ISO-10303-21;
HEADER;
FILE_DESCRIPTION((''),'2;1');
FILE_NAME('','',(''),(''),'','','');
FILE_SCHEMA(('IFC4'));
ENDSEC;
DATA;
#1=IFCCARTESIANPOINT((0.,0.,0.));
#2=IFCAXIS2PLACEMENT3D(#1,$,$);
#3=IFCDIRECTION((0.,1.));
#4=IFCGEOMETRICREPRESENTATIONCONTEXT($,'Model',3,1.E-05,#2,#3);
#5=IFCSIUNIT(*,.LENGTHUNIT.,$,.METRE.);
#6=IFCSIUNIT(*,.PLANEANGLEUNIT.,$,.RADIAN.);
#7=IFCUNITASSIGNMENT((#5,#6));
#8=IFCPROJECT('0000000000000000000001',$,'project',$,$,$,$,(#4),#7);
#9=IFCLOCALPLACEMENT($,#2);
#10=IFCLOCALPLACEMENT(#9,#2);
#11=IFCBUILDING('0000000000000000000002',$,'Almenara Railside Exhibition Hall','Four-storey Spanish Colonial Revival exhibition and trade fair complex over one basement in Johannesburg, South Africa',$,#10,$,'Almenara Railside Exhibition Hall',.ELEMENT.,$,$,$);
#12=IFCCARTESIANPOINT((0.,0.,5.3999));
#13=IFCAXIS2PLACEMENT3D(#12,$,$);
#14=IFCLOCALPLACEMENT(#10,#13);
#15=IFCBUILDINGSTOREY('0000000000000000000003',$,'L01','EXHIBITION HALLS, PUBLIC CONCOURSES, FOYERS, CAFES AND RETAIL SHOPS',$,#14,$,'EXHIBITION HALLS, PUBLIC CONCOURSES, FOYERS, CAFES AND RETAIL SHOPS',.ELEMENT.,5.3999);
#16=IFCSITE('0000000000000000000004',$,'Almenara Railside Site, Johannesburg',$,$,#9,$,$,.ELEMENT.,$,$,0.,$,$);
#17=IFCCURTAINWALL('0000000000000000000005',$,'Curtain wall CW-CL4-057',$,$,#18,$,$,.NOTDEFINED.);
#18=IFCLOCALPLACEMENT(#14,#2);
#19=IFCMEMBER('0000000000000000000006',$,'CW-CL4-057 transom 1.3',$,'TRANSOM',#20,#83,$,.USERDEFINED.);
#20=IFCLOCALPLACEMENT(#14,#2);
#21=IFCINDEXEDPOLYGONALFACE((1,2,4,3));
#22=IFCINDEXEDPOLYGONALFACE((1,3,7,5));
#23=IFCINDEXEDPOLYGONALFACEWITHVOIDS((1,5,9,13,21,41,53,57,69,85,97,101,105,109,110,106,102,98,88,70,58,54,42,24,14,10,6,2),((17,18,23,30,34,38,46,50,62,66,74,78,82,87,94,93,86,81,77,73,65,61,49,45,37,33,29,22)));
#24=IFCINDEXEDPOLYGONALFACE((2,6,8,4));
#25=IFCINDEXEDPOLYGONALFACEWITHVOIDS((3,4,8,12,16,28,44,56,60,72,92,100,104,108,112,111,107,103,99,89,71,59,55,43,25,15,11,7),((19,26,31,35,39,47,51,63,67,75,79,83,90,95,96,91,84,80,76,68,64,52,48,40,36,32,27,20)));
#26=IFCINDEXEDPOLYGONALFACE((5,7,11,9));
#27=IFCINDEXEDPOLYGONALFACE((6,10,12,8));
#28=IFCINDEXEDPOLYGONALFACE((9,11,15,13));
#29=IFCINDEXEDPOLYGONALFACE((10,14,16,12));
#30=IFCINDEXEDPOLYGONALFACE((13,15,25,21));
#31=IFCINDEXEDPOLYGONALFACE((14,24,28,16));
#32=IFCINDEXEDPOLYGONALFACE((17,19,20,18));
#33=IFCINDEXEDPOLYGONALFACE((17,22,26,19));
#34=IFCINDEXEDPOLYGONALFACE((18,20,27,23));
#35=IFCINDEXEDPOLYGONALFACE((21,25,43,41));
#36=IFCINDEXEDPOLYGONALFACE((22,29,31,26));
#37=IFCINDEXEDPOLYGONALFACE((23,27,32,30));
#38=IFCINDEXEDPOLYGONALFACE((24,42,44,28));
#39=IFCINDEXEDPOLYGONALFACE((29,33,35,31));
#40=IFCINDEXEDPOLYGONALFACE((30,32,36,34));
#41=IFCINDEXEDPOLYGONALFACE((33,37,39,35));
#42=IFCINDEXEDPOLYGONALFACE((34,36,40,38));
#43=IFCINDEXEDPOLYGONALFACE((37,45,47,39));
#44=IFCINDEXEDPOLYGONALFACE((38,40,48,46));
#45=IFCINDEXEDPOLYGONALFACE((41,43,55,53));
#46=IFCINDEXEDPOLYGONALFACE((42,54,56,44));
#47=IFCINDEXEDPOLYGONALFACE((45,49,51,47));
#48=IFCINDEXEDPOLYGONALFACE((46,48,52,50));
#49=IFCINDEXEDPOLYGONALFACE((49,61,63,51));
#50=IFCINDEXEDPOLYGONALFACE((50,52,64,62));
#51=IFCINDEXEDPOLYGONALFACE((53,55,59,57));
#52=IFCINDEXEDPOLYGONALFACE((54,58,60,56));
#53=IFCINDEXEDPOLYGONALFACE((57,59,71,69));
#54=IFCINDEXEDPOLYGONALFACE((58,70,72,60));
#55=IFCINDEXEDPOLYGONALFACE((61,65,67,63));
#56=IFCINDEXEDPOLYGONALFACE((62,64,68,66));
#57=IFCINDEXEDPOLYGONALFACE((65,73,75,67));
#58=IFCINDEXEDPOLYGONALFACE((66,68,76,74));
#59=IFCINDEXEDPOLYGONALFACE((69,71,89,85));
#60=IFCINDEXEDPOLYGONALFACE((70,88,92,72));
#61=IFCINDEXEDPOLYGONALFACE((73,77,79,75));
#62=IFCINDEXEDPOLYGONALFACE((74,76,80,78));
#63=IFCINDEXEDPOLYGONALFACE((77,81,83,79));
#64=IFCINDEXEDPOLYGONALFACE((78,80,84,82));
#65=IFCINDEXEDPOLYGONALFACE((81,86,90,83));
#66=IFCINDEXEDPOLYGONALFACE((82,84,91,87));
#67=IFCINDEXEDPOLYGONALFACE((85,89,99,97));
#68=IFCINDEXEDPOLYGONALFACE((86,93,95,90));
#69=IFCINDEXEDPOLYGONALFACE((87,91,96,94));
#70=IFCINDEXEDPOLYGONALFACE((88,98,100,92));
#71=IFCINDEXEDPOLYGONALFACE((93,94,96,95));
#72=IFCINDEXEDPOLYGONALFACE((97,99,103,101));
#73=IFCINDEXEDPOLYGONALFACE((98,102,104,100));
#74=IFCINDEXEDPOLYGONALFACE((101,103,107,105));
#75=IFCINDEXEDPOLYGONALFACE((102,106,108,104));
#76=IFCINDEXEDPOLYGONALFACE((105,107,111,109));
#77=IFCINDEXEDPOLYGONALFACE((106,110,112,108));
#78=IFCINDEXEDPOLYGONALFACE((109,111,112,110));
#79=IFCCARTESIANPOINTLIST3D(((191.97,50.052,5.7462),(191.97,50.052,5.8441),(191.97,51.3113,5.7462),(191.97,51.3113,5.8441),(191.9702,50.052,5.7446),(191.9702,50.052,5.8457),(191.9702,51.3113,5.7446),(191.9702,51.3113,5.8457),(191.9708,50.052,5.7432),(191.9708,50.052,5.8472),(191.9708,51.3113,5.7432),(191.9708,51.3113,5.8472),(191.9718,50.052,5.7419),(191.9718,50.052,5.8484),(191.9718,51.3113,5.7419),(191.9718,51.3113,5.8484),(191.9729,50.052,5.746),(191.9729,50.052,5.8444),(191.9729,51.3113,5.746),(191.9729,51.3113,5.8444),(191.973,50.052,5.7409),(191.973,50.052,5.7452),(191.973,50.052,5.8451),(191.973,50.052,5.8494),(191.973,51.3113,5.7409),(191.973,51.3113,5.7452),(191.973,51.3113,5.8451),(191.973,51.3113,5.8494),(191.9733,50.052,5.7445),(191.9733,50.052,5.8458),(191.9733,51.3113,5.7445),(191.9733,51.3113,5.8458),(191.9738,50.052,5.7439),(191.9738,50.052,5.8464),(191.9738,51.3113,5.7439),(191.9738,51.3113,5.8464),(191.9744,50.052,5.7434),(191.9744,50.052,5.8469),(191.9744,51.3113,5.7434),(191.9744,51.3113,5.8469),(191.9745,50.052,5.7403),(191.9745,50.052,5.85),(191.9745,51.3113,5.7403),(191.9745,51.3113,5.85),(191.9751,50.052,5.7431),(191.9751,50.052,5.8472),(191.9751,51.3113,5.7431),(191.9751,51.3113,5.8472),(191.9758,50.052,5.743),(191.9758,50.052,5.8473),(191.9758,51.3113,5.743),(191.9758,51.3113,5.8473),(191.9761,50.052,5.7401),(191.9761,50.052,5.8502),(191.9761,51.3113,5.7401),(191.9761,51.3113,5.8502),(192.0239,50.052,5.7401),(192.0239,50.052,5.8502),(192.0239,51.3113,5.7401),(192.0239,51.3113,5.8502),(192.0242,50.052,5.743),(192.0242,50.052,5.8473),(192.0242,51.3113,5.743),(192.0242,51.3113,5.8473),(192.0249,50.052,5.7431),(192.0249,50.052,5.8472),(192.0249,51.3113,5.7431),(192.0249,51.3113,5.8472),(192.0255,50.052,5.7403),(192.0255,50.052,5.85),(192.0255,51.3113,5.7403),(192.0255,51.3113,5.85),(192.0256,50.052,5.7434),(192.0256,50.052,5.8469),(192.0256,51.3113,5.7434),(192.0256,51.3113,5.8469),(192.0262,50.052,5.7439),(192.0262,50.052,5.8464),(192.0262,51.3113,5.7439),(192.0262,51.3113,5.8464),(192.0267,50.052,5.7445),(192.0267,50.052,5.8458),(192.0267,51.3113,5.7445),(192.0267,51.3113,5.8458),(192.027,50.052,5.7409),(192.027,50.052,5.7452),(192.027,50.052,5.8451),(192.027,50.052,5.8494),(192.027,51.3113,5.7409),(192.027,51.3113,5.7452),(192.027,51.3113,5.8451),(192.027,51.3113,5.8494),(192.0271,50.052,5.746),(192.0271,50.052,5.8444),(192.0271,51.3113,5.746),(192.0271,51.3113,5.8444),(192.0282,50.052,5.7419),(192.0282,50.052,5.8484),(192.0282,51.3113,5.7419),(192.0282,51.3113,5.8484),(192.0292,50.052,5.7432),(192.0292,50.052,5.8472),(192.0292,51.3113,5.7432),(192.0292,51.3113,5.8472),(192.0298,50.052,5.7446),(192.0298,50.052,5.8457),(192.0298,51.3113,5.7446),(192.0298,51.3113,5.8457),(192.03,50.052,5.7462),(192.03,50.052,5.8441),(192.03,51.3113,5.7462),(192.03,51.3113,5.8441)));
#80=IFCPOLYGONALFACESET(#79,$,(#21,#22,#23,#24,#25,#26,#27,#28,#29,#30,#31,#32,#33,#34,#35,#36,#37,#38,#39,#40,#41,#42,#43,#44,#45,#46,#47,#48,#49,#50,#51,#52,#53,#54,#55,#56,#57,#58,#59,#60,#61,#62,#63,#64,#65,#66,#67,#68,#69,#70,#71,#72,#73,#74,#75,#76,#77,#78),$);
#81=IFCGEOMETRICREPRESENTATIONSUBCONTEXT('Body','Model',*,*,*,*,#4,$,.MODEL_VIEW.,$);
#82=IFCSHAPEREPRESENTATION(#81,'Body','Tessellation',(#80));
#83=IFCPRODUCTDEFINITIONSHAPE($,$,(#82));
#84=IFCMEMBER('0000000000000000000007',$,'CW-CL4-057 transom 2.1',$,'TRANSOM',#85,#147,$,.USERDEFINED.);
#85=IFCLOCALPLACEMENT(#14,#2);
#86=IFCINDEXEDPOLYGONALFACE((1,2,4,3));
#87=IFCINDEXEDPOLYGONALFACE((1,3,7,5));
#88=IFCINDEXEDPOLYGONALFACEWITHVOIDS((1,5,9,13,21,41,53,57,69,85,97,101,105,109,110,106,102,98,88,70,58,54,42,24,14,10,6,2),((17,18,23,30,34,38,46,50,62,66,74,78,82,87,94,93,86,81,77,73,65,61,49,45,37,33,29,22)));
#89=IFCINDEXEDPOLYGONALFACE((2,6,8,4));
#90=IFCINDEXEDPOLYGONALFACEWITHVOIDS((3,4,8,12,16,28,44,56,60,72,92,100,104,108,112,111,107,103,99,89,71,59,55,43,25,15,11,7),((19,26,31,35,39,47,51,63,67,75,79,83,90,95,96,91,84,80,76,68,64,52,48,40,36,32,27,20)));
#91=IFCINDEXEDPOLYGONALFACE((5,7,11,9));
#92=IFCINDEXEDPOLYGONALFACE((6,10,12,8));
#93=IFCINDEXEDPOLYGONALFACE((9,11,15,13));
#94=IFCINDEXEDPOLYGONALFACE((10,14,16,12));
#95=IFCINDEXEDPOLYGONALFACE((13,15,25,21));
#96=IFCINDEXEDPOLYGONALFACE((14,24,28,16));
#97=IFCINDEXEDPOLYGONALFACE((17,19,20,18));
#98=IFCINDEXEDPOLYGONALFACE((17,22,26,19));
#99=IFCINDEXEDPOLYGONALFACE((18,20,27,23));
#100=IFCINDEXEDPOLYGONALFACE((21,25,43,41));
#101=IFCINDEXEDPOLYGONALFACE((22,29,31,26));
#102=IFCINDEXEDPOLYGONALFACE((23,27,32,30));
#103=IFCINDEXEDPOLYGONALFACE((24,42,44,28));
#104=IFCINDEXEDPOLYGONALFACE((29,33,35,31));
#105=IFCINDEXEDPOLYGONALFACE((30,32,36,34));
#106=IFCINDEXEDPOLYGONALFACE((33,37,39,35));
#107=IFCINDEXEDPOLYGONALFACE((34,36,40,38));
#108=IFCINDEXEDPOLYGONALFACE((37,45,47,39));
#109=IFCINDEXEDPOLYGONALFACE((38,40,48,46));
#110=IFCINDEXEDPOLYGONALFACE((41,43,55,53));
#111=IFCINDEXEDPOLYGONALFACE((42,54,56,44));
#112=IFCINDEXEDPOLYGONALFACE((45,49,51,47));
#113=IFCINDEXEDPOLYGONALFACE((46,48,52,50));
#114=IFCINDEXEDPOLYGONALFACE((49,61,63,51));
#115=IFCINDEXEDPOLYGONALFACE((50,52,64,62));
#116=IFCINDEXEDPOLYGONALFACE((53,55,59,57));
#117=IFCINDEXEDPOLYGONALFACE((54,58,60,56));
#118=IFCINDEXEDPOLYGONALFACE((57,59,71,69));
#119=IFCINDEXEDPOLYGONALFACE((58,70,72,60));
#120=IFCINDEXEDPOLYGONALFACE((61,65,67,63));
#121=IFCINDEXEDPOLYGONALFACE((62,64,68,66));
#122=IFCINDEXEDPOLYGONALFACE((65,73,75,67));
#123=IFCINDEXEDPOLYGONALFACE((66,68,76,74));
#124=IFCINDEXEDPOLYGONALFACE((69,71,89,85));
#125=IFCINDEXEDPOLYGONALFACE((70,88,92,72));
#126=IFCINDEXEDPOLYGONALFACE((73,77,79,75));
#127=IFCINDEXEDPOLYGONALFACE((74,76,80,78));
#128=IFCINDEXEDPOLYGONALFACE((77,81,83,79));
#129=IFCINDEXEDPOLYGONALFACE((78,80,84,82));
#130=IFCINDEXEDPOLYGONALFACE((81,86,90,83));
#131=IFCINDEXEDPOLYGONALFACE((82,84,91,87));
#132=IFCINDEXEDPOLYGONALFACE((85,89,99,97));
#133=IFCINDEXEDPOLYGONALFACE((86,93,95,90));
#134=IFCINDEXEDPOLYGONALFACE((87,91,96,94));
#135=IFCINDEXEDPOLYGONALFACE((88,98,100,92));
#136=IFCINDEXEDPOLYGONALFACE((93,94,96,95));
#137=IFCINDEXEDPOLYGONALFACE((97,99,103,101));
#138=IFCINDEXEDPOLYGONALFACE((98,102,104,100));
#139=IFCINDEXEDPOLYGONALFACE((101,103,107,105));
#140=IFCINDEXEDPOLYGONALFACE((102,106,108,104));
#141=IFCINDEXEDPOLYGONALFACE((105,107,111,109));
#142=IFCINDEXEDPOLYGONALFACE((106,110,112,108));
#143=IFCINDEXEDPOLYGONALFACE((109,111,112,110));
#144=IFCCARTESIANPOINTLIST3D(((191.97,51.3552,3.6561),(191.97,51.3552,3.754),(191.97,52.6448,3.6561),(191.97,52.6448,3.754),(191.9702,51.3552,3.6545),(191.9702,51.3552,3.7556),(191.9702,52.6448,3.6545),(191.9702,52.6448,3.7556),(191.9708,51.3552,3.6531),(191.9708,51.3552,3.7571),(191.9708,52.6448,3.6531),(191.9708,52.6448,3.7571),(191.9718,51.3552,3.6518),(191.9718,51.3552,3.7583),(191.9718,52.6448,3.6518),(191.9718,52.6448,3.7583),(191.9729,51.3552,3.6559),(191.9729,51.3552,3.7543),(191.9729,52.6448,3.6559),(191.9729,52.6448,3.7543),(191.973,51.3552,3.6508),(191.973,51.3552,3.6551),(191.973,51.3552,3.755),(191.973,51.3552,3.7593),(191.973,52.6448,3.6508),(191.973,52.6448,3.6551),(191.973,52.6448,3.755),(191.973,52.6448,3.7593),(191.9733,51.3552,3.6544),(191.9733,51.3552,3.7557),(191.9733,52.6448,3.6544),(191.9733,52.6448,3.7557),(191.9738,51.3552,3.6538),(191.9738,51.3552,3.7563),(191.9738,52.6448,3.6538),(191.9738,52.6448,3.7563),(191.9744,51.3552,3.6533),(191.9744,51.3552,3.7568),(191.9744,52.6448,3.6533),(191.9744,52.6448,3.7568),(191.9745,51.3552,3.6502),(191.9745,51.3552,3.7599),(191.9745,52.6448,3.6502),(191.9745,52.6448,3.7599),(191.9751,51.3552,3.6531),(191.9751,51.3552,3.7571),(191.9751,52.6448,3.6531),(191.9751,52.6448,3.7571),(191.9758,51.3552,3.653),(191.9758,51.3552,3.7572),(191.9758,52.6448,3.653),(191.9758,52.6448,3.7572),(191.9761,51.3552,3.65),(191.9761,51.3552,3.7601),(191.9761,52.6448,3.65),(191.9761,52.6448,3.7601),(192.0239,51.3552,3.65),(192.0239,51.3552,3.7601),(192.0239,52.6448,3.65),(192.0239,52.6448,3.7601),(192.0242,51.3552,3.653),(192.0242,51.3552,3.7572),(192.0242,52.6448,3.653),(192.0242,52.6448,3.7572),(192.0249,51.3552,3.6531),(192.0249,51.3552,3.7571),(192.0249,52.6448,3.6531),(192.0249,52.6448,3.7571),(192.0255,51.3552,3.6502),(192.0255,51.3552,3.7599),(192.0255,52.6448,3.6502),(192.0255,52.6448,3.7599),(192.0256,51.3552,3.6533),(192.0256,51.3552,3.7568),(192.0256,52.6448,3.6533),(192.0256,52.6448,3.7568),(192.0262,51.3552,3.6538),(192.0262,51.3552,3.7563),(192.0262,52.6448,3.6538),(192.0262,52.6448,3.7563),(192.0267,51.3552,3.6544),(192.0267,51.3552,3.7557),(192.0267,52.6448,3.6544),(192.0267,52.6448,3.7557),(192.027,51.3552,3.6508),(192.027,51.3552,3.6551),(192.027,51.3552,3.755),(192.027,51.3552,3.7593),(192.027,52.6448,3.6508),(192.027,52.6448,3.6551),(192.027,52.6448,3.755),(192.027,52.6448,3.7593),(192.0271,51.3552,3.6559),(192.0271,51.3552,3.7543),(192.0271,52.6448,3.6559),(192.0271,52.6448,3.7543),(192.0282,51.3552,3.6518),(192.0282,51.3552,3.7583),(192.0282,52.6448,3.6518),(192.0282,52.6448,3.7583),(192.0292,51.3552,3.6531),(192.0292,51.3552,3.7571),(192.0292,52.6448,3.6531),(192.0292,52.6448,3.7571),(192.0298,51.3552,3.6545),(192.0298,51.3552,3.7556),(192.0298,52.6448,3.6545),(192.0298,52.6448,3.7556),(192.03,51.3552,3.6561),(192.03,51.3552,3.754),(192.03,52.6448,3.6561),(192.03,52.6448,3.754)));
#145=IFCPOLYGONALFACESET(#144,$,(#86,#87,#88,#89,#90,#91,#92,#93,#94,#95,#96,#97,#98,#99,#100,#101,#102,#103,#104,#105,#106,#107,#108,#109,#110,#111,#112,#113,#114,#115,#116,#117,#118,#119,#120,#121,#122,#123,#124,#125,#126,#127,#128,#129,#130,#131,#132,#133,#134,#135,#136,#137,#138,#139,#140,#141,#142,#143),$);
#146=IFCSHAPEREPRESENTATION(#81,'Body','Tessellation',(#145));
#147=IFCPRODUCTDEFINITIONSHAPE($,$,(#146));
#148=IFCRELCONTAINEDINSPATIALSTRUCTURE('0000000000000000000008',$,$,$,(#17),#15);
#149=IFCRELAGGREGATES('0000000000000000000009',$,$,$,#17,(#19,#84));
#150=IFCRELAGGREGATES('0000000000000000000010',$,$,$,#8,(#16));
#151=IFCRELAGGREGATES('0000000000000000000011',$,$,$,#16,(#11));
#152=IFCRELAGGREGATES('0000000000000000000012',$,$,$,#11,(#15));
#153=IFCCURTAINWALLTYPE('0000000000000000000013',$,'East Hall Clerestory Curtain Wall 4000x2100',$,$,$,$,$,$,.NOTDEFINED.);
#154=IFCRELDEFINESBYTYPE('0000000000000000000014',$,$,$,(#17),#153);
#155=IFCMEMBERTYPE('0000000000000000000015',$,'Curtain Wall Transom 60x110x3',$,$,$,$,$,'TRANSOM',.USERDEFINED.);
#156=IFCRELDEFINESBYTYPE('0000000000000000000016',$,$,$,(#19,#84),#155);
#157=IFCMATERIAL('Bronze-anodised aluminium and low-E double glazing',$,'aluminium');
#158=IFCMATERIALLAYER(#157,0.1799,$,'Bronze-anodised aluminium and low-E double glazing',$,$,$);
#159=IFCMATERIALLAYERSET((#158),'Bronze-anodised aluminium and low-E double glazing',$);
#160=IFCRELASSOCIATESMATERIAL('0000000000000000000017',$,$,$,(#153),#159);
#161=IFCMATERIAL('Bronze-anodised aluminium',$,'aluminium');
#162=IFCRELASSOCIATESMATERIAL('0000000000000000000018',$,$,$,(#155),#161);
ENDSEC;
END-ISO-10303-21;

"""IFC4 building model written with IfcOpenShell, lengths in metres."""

from ifc_helpers import new_model, si_unit, direction, frame, origin, origin_2d, place, context, subcontext, project, spatial, hollow_rectangle, extrude, material, layer, layer_set, material_profile, profile_set, type_object, element, aggregate, save


model = new_model("IFC4")

# Units and contexts
model_context = context("Model", 3, precision=1e-05, world=origin(), true_north=direction((0.0, 1.0)))
body_context = subcontext(model_context, "Body", "Model", "MODEL_VIEW")
ifc_project = project(units=[si_unit("LENGTHUNIT", "METRE"), si_unit("PLANEANGLEUNIT", "RADIAN")], contexts=[model_context])

# Site, building, storey
site_placement = place(None, origin())
site = spatial("IfcSite", under=ifc_project, at=site_placement, Name="Almenara Railside Site, Johannesburg", CompositionType="ELEMENT", RefElevation=0.0)
building_placement = place(site_placement, origin())
building = spatial("IfcBuilding", under=site, at=building_placement, Name="Almenara Railside Exhibition Hall", Description="Four-storey Spanish Colonial Revival exhibition and trade fair complex over one basement in Johannesburg, South Africa", LongName="Almenara Railside Exhibition Hall", CompositionType="ELEMENT")
storey_placement = place(building_placement, frame((0.0, 0.0, 5.3999)))
storey = spatial("IfcBuildingStorey", under=building, at=storey_placement, Name="L01", Description="EXHIBITION HALLS, PUBLIC CONCOURSES, FOYERS, CAFES AND RETAIL SHOPS", LongName="EXHIBITION HALLS, PUBLIC CONCOURSES, FOYERS, CAFES AND RETAIL SHOPS", CompositionType="ELEMENT", Elevation=5.3999)

# Curtain wall
ifc_material_1 = material(Name="Bronze-anodised aluminium and low-E double glazing", Category="aluminium")
ifc_layer_1 = layer(ifc_material_1, 0.1799, Name="Bronze-anodised aluminium and low-E double glazing")
ifc_layer_set_1 = layer_set([ifc_layer_1], Name="Bronze-anodised aluminium and low-E double glazing")
curtain_wall_type = type_object("IfcCurtainWallType", Name="East Hall Clerestory Curtain Wall 4000x2100", PredefinedType="NOTDEFINED", material=ifc_layer_set_1)
ifc_material_2 = material(Name="Bronze-anodised aluminium", Category="aluminium")
curtain_wall_1_placement = place(storey_placement, origin())
curtain_wall_1 = element("IfcCurtainWall", 1, at=curtain_wall_1_placement, inside=storey, type_object=curtain_wall_type, Name="Curtain wall CW-CL4-057", PredefinedType="NOTDEFINED")

# Members
ifc_material_profile_1 = material_profile(ifc_material_2, hollow_rectangle(XDim=0.0601, YDim=0.1101, WallThickness=0.0029, InnerFilletRadius=0.0029, OuterFilletRadius=0.0061, at=origin_2d()), Name="ALU-TRN 60x110x3")
ifc_profile_set_1 = profile_set([ifc_material_profile_1], Name="Bronze-anodised aluminium")
member_type_1 = type_object("IfcMemberType", Name="Curtain Wall Transom 60x110x3", ElementType="TRANSOM", PredefinedType="USERDEFINED", material=ifc_profile_set_1)
member_1_placement = place(storey_placement, frame((192.0, 50.052, 5.7952), z_axis=(0.0, 1.0, 0.0), x_axis=(-1.0, 0.0, 0.0)))
member_1 = element("IfcMember", 2, at=member_1_placement, type_object=member_type_1, Name="CW-CL4-057 transom 1.3", ObjectType="TRANSOM", PredefinedType="USERDEFINED", context=body_context, shape_type="SweptSolid", body=[
    extrude(hollow_rectangle(XDim=0.0601, YDim=0.1101, WallThickness=0.0029, InnerFilletRadius=0.0029, OuterFilletRadius=0.0061, at=origin_2d()), origin(), (0.0, 0.0, 1.0), 1.2593),
])
member_2_placement = place(storey_placement, frame((192.0, 51.3552, 3.7051), z_axis=(0.0, 1.0, 0.0), x_axis=(-1.0, 0.0, 0.0)))
member_2 = element("IfcMember", 3, at=member_2_placement, type_object=member_type_1, Name="CW-CL4-057 transom 2.1", ObjectType="TRANSOM", PredefinedType="USERDEFINED", context=body_context, shape_type="SweptSolid", body=[
    extrude(hollow_rectangle(XDim=0.0601, YDim=0.1101, WallThickness=0.0029, InnerFilletRadius=0.0029, OuterFilletRadius=0.0061, at=origin_2d()), origin(), (0.0, 0.0, 1.0), 1.2896),
])

aggregate(curtain_wall_1, [member_1, member_2])

save(model, "model.ifc")
